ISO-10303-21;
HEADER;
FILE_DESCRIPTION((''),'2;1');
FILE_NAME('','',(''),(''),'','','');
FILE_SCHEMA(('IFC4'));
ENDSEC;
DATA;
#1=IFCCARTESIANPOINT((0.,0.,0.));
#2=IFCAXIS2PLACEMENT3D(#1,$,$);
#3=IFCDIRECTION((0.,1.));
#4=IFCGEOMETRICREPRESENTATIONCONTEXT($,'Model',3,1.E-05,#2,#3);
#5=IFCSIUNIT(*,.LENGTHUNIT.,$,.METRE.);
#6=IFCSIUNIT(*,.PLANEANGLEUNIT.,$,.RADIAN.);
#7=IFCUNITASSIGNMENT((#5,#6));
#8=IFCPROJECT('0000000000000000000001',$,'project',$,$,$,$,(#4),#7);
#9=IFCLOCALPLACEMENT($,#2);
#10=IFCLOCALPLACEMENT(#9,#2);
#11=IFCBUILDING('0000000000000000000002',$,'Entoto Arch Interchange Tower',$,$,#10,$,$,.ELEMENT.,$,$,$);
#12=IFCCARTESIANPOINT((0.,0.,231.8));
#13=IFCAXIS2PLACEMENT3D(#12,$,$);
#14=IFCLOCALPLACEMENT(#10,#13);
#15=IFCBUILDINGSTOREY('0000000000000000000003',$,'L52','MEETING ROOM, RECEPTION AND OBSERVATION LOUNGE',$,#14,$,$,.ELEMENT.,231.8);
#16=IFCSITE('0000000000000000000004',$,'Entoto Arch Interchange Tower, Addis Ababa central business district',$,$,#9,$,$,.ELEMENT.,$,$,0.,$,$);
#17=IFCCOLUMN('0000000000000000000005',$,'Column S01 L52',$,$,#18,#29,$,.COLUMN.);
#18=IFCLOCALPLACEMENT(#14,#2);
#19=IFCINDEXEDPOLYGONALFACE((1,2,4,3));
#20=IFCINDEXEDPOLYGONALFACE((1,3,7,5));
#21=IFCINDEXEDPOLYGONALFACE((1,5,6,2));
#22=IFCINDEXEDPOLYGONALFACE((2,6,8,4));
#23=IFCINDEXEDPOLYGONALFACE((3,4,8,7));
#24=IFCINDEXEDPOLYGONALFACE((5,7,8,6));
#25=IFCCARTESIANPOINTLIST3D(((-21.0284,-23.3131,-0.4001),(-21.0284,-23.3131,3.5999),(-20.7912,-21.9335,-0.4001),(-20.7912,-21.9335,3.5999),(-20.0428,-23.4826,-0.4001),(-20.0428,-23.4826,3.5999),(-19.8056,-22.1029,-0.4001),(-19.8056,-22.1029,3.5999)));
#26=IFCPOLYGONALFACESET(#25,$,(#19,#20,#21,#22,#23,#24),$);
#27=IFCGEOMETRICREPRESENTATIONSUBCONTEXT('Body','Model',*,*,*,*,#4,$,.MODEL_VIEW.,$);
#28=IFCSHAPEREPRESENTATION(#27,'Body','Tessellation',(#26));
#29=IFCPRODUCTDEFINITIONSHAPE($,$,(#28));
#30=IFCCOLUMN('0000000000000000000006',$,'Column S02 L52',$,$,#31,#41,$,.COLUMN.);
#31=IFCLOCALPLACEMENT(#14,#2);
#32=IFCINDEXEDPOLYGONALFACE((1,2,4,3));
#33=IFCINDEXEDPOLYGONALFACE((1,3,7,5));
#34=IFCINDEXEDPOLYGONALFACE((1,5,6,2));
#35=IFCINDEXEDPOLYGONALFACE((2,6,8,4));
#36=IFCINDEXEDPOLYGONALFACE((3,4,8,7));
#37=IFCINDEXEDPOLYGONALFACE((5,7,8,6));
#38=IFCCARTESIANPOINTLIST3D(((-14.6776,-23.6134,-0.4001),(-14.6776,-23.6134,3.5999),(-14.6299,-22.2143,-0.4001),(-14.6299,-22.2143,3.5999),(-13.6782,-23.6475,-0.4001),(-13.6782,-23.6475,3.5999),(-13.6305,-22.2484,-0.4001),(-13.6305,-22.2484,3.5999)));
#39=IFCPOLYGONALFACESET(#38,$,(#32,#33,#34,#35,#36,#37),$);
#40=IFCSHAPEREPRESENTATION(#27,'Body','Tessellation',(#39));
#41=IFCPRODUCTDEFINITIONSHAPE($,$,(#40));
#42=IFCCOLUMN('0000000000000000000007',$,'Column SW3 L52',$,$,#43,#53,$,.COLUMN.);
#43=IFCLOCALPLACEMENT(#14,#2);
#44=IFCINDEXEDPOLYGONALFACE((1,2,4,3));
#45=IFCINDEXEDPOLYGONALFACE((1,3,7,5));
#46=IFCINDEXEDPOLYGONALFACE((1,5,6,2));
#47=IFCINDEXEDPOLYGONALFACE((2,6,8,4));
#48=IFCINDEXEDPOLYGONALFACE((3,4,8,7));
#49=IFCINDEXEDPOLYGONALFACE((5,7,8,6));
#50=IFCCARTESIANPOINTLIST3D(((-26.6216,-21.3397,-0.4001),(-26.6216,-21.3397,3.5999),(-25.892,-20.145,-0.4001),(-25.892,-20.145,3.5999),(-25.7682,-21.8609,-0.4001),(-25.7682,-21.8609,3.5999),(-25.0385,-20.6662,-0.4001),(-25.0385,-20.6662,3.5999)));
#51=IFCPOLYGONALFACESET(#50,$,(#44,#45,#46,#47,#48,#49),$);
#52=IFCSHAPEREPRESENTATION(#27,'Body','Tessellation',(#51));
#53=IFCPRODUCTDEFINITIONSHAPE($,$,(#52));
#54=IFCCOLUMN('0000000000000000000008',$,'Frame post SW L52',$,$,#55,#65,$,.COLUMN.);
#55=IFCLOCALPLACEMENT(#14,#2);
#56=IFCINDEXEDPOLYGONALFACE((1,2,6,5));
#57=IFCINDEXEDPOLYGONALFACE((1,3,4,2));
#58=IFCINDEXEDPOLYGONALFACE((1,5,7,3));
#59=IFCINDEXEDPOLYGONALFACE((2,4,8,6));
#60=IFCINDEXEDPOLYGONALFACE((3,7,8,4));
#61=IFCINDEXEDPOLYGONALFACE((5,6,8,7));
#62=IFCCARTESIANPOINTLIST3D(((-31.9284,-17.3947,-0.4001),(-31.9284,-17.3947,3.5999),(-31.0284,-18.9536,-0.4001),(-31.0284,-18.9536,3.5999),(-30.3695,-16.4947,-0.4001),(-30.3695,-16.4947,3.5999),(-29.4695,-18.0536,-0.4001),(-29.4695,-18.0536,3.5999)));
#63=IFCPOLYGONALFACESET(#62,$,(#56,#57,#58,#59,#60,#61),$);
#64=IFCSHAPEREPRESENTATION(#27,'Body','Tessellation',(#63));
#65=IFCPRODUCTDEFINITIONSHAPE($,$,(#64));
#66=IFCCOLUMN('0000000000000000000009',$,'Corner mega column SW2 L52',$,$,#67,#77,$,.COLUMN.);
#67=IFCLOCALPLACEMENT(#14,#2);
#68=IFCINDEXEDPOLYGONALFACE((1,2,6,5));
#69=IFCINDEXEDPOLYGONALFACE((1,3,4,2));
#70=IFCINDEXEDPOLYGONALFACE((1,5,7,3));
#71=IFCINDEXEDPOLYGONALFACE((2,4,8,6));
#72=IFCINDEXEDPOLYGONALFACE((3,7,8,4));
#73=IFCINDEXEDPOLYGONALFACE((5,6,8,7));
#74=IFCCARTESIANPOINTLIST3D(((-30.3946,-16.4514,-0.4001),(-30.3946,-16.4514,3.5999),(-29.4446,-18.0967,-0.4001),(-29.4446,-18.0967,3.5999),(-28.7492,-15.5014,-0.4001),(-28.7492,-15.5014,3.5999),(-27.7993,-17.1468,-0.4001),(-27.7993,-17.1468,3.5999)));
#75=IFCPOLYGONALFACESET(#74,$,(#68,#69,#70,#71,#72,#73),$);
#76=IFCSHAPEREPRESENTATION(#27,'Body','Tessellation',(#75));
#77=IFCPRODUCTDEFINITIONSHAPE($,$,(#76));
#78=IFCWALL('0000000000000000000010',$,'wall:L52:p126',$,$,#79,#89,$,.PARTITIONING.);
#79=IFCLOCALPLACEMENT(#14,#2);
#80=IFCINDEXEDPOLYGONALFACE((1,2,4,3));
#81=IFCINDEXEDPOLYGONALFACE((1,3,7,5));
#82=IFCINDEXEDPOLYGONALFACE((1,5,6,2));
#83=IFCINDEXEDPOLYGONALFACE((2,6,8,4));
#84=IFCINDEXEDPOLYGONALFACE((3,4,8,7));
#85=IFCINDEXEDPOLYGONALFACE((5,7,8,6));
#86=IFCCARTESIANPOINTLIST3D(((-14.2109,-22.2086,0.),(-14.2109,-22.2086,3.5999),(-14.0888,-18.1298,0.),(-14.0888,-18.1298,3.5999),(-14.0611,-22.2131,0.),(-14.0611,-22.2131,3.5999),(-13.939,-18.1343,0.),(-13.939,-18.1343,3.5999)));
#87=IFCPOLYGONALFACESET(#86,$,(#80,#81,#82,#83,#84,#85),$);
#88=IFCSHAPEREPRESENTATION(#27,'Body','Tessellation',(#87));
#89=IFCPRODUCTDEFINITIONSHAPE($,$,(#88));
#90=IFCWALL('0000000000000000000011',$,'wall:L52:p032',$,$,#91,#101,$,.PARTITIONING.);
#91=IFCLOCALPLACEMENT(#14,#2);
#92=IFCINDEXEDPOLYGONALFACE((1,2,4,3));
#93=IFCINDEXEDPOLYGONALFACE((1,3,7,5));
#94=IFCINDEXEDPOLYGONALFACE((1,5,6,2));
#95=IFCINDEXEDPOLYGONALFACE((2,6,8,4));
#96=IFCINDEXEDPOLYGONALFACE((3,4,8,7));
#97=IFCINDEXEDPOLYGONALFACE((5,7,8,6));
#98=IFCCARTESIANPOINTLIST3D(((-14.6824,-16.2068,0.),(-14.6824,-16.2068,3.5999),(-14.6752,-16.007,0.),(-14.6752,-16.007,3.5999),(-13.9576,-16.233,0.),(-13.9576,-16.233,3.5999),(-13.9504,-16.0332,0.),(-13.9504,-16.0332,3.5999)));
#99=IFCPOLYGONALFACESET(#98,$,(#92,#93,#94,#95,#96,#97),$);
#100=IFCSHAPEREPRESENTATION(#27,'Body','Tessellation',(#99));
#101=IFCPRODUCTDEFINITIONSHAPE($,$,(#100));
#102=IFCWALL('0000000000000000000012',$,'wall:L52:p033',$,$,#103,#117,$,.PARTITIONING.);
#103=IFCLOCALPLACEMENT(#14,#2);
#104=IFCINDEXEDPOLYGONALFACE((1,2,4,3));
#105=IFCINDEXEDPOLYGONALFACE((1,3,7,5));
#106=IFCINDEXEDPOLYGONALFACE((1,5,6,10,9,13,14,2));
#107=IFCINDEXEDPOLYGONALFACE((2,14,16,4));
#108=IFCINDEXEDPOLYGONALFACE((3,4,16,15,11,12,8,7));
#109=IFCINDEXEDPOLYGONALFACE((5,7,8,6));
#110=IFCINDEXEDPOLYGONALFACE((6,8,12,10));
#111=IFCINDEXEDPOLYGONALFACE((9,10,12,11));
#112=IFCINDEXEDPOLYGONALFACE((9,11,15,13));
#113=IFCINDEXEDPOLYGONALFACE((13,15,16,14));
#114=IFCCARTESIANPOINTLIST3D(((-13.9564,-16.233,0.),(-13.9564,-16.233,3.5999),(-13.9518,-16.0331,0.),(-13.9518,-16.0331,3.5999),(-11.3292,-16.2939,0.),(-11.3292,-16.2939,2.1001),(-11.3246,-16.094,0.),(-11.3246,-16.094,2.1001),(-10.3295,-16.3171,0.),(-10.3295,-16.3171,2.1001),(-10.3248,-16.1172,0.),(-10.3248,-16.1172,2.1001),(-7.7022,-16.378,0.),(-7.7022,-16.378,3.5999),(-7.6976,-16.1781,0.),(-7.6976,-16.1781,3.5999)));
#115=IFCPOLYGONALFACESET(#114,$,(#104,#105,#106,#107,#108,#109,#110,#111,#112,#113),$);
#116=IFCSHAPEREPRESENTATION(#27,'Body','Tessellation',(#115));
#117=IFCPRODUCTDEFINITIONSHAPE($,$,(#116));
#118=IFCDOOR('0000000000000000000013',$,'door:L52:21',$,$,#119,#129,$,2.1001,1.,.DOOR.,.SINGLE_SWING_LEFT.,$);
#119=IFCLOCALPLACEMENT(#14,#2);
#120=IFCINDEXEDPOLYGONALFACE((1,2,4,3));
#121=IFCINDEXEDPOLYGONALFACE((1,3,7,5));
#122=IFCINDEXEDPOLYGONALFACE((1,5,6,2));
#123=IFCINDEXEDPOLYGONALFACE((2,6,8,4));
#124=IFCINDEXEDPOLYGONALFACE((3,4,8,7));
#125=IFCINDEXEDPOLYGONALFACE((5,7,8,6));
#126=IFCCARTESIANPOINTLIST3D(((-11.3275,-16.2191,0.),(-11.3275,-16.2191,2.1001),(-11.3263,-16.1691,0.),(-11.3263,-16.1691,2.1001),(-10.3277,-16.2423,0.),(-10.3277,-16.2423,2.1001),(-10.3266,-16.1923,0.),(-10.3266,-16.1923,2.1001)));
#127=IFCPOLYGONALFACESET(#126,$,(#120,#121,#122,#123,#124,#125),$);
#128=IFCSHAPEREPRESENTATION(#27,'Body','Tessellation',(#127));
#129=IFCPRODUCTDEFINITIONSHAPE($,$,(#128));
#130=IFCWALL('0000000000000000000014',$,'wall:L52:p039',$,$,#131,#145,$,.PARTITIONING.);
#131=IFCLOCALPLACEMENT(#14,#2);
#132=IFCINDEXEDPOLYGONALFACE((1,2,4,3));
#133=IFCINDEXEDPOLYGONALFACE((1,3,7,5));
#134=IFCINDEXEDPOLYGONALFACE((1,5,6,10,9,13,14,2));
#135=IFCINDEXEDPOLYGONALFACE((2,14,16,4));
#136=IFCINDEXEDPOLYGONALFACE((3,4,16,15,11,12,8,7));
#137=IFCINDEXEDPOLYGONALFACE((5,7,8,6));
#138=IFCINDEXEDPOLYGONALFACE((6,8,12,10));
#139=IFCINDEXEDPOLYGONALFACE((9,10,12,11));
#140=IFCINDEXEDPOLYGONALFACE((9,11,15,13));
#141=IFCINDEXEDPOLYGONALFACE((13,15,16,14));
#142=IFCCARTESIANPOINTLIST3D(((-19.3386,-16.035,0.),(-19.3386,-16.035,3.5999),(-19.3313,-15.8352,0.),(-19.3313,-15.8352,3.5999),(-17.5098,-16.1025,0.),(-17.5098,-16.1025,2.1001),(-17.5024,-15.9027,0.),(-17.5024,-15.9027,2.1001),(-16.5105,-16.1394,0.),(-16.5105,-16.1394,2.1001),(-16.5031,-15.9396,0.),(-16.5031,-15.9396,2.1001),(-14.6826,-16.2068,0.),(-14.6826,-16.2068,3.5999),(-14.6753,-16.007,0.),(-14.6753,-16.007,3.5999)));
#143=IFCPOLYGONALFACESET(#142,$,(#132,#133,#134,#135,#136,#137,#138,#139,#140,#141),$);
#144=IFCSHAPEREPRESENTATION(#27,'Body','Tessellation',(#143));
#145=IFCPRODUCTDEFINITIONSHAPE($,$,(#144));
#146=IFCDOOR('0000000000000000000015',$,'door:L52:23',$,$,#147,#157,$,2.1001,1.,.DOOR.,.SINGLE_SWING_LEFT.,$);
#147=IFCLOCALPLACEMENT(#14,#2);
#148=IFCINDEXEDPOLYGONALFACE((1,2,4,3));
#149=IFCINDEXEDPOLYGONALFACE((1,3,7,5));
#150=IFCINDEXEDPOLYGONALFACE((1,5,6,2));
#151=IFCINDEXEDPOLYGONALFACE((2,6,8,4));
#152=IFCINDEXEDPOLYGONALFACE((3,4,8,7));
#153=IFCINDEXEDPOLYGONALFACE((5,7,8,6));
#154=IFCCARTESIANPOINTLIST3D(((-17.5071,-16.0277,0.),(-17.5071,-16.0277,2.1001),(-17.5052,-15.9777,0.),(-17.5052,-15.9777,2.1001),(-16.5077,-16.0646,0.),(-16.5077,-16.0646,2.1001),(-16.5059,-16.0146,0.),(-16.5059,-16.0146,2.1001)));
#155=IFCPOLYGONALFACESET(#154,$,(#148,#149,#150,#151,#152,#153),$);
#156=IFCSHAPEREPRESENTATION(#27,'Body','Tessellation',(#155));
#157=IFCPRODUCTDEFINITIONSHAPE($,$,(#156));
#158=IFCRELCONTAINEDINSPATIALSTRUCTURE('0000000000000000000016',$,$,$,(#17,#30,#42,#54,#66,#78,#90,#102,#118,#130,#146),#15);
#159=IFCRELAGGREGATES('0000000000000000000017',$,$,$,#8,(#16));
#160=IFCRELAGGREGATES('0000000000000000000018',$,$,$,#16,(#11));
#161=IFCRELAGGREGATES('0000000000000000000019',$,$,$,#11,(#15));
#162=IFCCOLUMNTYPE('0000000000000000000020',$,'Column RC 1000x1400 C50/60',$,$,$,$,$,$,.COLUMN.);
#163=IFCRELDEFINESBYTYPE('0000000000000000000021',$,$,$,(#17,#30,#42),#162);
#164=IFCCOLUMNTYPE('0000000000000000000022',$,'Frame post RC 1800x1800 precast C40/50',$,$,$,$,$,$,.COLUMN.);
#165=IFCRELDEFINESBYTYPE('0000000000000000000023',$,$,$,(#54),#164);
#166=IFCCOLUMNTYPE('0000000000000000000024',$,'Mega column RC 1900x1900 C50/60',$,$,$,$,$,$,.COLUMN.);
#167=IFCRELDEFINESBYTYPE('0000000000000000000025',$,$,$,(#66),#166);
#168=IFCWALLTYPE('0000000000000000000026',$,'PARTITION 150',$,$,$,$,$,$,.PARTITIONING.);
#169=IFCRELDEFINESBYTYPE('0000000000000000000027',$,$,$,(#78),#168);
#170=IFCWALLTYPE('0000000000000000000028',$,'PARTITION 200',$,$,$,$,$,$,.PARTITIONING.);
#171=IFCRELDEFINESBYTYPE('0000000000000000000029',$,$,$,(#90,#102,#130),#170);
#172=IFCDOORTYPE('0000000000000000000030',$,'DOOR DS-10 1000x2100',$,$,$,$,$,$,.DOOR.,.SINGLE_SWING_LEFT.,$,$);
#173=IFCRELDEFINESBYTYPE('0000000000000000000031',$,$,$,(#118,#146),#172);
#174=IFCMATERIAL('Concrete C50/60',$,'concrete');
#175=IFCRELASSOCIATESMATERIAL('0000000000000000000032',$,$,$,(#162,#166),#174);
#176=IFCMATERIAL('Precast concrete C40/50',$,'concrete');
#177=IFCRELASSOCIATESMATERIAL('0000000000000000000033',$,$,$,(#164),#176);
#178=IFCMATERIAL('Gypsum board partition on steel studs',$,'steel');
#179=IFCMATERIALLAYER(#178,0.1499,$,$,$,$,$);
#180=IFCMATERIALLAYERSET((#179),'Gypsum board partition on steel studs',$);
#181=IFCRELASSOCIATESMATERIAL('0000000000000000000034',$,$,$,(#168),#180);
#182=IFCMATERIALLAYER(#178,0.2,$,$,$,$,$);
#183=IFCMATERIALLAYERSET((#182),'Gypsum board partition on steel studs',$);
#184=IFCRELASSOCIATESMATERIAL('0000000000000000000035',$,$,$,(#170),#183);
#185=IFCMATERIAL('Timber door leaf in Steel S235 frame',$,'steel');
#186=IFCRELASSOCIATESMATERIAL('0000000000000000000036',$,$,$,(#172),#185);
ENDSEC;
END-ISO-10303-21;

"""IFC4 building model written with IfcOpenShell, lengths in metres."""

from ifc_helpers import new_model, si_unit, direction, frame, frame_2d, origin, origin_2d, place, context, subcontext, project, spatial, rectangle, extrude, material, layer, layer_set, material_profile, profile_set, type_object, element, fill, save


model = new_model("IFC4")

# Units and contexts
model_context = context("Model", 3, precision=1e-05, world=origin(), true_north=direction((0.0, 1.0)))
body_context = subcontext(model_context, "Body", "Model", "MODEL_VIEW")
ifc_project = project(units=[si_unit("LENGTHUNIT", "METRE"), si_unit("PLANEANGLEUNIT", "RADIAN")], contexts=[model_context])

# Site, building, storey
site_placement = place(None, origin())
site = spatial("IfcSite", under=ifc_project, at=site_placement, Name="Entoto Arch Interchange Tower, Addis Ababa central business district", CompositionType="ELEMENT", RefElevation=0.0)
building_placement = place(site_placement, origin())
building = spatial("IfcBuilding", under=site, at=building_placement, Name="Entoto Arch Interchange Tower", CompositionType="ELEMENT")
storey_placement = place(building_placement, frame((0.0, 0.0, 231.8)))
storey = spatial("IfcBuildingStorey", under=building, at=storey_placement, Name="L52", Description="MEETING ROOM, RECEPTION AND OBSERVATION LOUNGE", CompositionType="ELEMENT", Elevation=231.8)

# Columns
ifc_material_1 = material(Name="Concrete C50/60", Category="concrete")
ifc_material_profile_1 = material_profile(ifc_material_1, rectangle(XDim=1.0, YDim=1.3999, at=origin_2d()))
ifc_profile_set_1 = profile_set([ifc_material_profile_1], Name="Concrete C50/60")
column_type_1 = type_object("IfcColumnType", Name="Column RC 1000x1400 C50/60", PredefinedType="COLUMN", material=ifc_profile_set_1)
for number, where, z_axis, x_axis, name in (
    (1, (-20.417, -22.708, -0.4001), (0.0, 0.0, 1.0), (-0.985541, 0.169436, 0.0), "Column S01 L52"),
    (2, (-14.1541, -22.9309, -0.4001), (0.0, 0.0, 1.0), (-0.999421, 0.034027, 0.0), "Column S02 L52"),
    (3, (-25.8301, -21.0029, -0.4001), (0.0, 0.0, 1.0), (-0.853423, 0.521218, 0.0), "Column SW3 L52"),
):
    element("IfcColumn", number, at=place(storey_placement, frame(where, z_axis=z_axis, x_axis=x_axis)), inside=storey, type_object=column_type_1, Name=name, PredefinedType="COLUMN", context=body_context, shape_type="SweptSolid", body=[
        extrude(rectangle(XDim=1.0, YDim=1.3999, at=origin_2d()), origin(), (0.0, 0.0, 1.0), 4.0),
    ])
ifc_material_2 = material(Name="Precast concrete C40/50", Category="concrete")
ifc_material_profile_2 = material_profile(ifc_material_2, rectangle(XDim=1.8, YDim=1.8, at=origin_2d()))
ifc_profile_set_2 = profile_set([ifc_material_profile_2], Name="Precast concrete C40/50")
column_type_2 = type_object("IfcColumnType", Name="Frame post RC 1800x1800 precast C40/50", PredefinedType="COLUMN", material=ifc_profile_set_2)
column_1_placement = place(storey_placement, frame((-30.699, -17.7241, -0.4001), z_axis=(0.0, 0.0, 1.0), x_axis=(0.866025, 0.5, 0.0)))
element("IfcColumn", 4, at=column_1_placement, inside=storey, type_object=column_type_2, Name="Frame post SW L52", PredefinedType="COLUMN", context=body_context, shape_type="SweptSolid", body=[
    extrude(rectangle(XDim=1.8, YDim=1.8, at=origin_2d()), origin(), (0.0, 0.0, 1.0), 4.0),
])
ifc_material_profile_3 = material_profile(ifc_material_1, rectangle(XDim=1.8999, YDim=1.8999, at=origin_2d()))
ifc_profile_set_3 = profile_set([ifc_material_profile_3], Name="Concrete C50/60")
column_type_3 = type_object("IfcColumnType", Name="Mega column RC 1900x1900 C50/60", PredefinedType="COLUMN", material=ifc_profile_set_3)
column_2_placement = place(storey_placement, frame((-29.0969, -16.7991, -0.4001), z_axis=(0.0, 0.0, 1.0), x_axis=(0.866025, 0.5, 0.0)))
element("IfcColumn", 5, at=column_2_placement, inside=storey, type_object=column_type_3, Name="Corner mega column SW2 L52", PredefinedType="COLUMN", context=body_context, shape_type="SweptSolid", body=[
    extrude(rectangle(XDim=1.8999, YDim=1.8999, at=origin_2d()), origin(), (0.0, 0.0, 1.0), 4.0),
])

# Walls
ifc_material_3 = material(Name="Gypsum board partition on steel studs", Category="steel")
ifc_layer_1 = layer(ifc_material_3, 0.1499)
ifc_layer_set_1 = layer_set([ifc_layer_1], Name="Gypsum board partition on steel studs")
wall_type_1 = type_object("IfcWallType", Name="PARTITION 150", PredefinedType="PARTITIONING", material=ifc_layer_set_1)
wall_1_placement = place(storey_placement, frame((-14.0139, -18.1321, 0.0), z_axis=(0.0, 0.0, 1.0), x_axis=(-0.029914, -0.999552, 0.0)))
element("IfcWall", 6, at=wall_1_placement, inside=storey, type_object=wall_type_1, Name="wall:L52:p126", PredefinedType="PARTITIONING", context=body_context, shape_type="SweptSolid", body=[
    extrude(rectangle(XDim=4.0806, YDim=0.1499, at=frame_2d((2.0403, 0.0))), origin(), (0.0, 0.0, 1.0), 3.5999),
])
ifc_layer_2 = layer(ifc_material_3, 0.2)
ifc_layer_set_2 = layer_set([ifc_layer_2], Name="Gypsum board partition on steel studs")
wall_type_2 = type_object("IfcWallType", Name="PARTITION 200", PredefinedType="PARTITIONING", material=ifc_layer_set_2)
wall_2_placement = place(storey_placement, frame((-14.679, -16.1069, 0.0), z_axis=(0.0, 0.0, 1.0), x_axis=(0.999351, -0.036016, 0.0)))
element("IfcWall", 7, at=wall_2_placement, inside=storey, type_object=wall_type_2, Name="wall:L52:p032", PredefinedType="PARTITIONING", context=body_context, shape_type="SweptSolid", body=[
    extrude(rectangle(XDim=0.7253, YDim=0.2, at=frame_2d((0.3628, 0.0))), origin(), (0.0, 0.0, 1.0), 3.5999),
])

# Walls, openings, doors
wall_3_placement = place(storey_placement, frame((-13.9541, -16.1331, 0.0), z_axis=(0.0, 0.0, 1.0), x_axis=(0.999731, -0.023181, 0.0)))
wall_3 = element("IfcWall", 8, at=wall_3_placement, inside=storey, type_object=wall_type_2, Name="wall:L52:p033", PredefinedType="PARTITIONING", context=body_context, shape_type="SweptSolid", body=[
    extrude(rectangle(XDim=6.2559, YDim=0.2, at=frame_2d((3.1279, 0.0))), origin(), (0.0, 0.0, 1.0), 3.5999),
])
opening_1_placement = place(wall_3_placement, frame((2.6279, 0.0, 0.0)))
opening_1 = element("IfcOpeningElement", 9, at=opening_1_placement, cuts=wall_3, PredefinedType="OPENING", context=body_context, shape_type="SweptSolid", body=[
    extrude(rectangle(XDim=1.0, YDim=2.1001, at=frame_2d((0.5, 1.05))), frame((0.0, 0.1099, 0.0), z_axis=(0.0, -1.0, 0.0), x_axis=(1.0, 0.0, 0.0)), (0.0, 0.0, 1.0), 0.22),
])
ifc_material_4 = material(Name="Timber door leaf in Steel S235 frame", Category="steel")
door_type = type_object("IfcDoorType", Name="DOOR DS-10 1000x2100", OperationType="SINGLE_SWING_LEFT", PredefinedType="DOOR", material=ifc_material_4)
door_1_placement = place(opening_1_placement, origin())
door_1 = element("IfcDoor", 10, at=door_1_placement, inside=storey, type_object=door_type, Name="door:L52:21", OperationType="SINGLE_SWING_LEFT", OverallHeight=2.1001, OverallWidth=1.0, PredefinedType="DOOR", context=body_context, shape_type="SweptSolid", body=[
    extrude(rectangle(XDim=1.0, YDim=2.1001, at=frame_2d((0.5, 1.05))), frame((0.0, 0.0249, 0.0), z_axis=(0.0, -1.0, 0.0), x_axis=(1.0, 0.0, 0.0)), (0.0, 0.0, 1.0), 0.05),
])
fill(opening_1, door_1)
wall_4_placement = place(storey_placement, frame((-19.335, -15.9351, 0.0), z_axis=(0.0, 0.0, 1.0), x_axis=(0.999319, -0.03689, 0.0)))
wall_4 = element("IfcWall", 11, at=wall_4_placement, inside=storey, type_object=wall_type_2, Name="wall:L52:p039", PredefinedType="PARTITIONING", context=body_context, shape_type="SweptSolid", body=[
    extrude(rectangle(XDim=4.6592, YDim=0.2, at=frame_2d((2.3296, 0.0))), origin(), (0.0, 0.0, 1.0), 3.5999),
])
opening_2_placement = place(wall_4_placement, frame((1.8301, 0.0, 0.0)))
opening_2 = element("IfcOpeningElement", 12, at=opening_2_placement, cuts=wall_4, PredefinedType="OPENING", context=body_context, shape_type="SweptSolid", body=[
    extrude(rectangle(XDim=1.0, YDim=2.1001, at=frame_2d((0.5, 1.05))), frame((0.0, 0.1099, 0.0), z_axis=(0.0, -1.0, 0.0), x_axis=(1.0, 0.0, 0.0)), (0.0, 0.0, 1.0), 0.22),
])
door_2_placement = place(opening_2_placement, origin())
door_2 = element("IfcDoor", 13, at=door_2_placement, inside=storey, type_object=door_type, Name="door:L52:23", OperationType="SINGLE_SWING_LEFT", OverallHeight=2.1001, OverallWidth=1.0, PredefinedType="DOOR", context=body_context, shape_type="SweptSolid", body=[
    extrude(rectangle(XDim=1.0, YDim=2.1001, at=frame_2d((0.5, 1.05))), frame((0.0, 0.0249, 0.0), z_axis=(0.0, -1.0, 0.0), x_axis=(1.0, 0.0, 0.0)), (0.0, 0.0, 1.0), 0.05),
])
fill(opening_2, door_2)

save(model, "model.ifc")
